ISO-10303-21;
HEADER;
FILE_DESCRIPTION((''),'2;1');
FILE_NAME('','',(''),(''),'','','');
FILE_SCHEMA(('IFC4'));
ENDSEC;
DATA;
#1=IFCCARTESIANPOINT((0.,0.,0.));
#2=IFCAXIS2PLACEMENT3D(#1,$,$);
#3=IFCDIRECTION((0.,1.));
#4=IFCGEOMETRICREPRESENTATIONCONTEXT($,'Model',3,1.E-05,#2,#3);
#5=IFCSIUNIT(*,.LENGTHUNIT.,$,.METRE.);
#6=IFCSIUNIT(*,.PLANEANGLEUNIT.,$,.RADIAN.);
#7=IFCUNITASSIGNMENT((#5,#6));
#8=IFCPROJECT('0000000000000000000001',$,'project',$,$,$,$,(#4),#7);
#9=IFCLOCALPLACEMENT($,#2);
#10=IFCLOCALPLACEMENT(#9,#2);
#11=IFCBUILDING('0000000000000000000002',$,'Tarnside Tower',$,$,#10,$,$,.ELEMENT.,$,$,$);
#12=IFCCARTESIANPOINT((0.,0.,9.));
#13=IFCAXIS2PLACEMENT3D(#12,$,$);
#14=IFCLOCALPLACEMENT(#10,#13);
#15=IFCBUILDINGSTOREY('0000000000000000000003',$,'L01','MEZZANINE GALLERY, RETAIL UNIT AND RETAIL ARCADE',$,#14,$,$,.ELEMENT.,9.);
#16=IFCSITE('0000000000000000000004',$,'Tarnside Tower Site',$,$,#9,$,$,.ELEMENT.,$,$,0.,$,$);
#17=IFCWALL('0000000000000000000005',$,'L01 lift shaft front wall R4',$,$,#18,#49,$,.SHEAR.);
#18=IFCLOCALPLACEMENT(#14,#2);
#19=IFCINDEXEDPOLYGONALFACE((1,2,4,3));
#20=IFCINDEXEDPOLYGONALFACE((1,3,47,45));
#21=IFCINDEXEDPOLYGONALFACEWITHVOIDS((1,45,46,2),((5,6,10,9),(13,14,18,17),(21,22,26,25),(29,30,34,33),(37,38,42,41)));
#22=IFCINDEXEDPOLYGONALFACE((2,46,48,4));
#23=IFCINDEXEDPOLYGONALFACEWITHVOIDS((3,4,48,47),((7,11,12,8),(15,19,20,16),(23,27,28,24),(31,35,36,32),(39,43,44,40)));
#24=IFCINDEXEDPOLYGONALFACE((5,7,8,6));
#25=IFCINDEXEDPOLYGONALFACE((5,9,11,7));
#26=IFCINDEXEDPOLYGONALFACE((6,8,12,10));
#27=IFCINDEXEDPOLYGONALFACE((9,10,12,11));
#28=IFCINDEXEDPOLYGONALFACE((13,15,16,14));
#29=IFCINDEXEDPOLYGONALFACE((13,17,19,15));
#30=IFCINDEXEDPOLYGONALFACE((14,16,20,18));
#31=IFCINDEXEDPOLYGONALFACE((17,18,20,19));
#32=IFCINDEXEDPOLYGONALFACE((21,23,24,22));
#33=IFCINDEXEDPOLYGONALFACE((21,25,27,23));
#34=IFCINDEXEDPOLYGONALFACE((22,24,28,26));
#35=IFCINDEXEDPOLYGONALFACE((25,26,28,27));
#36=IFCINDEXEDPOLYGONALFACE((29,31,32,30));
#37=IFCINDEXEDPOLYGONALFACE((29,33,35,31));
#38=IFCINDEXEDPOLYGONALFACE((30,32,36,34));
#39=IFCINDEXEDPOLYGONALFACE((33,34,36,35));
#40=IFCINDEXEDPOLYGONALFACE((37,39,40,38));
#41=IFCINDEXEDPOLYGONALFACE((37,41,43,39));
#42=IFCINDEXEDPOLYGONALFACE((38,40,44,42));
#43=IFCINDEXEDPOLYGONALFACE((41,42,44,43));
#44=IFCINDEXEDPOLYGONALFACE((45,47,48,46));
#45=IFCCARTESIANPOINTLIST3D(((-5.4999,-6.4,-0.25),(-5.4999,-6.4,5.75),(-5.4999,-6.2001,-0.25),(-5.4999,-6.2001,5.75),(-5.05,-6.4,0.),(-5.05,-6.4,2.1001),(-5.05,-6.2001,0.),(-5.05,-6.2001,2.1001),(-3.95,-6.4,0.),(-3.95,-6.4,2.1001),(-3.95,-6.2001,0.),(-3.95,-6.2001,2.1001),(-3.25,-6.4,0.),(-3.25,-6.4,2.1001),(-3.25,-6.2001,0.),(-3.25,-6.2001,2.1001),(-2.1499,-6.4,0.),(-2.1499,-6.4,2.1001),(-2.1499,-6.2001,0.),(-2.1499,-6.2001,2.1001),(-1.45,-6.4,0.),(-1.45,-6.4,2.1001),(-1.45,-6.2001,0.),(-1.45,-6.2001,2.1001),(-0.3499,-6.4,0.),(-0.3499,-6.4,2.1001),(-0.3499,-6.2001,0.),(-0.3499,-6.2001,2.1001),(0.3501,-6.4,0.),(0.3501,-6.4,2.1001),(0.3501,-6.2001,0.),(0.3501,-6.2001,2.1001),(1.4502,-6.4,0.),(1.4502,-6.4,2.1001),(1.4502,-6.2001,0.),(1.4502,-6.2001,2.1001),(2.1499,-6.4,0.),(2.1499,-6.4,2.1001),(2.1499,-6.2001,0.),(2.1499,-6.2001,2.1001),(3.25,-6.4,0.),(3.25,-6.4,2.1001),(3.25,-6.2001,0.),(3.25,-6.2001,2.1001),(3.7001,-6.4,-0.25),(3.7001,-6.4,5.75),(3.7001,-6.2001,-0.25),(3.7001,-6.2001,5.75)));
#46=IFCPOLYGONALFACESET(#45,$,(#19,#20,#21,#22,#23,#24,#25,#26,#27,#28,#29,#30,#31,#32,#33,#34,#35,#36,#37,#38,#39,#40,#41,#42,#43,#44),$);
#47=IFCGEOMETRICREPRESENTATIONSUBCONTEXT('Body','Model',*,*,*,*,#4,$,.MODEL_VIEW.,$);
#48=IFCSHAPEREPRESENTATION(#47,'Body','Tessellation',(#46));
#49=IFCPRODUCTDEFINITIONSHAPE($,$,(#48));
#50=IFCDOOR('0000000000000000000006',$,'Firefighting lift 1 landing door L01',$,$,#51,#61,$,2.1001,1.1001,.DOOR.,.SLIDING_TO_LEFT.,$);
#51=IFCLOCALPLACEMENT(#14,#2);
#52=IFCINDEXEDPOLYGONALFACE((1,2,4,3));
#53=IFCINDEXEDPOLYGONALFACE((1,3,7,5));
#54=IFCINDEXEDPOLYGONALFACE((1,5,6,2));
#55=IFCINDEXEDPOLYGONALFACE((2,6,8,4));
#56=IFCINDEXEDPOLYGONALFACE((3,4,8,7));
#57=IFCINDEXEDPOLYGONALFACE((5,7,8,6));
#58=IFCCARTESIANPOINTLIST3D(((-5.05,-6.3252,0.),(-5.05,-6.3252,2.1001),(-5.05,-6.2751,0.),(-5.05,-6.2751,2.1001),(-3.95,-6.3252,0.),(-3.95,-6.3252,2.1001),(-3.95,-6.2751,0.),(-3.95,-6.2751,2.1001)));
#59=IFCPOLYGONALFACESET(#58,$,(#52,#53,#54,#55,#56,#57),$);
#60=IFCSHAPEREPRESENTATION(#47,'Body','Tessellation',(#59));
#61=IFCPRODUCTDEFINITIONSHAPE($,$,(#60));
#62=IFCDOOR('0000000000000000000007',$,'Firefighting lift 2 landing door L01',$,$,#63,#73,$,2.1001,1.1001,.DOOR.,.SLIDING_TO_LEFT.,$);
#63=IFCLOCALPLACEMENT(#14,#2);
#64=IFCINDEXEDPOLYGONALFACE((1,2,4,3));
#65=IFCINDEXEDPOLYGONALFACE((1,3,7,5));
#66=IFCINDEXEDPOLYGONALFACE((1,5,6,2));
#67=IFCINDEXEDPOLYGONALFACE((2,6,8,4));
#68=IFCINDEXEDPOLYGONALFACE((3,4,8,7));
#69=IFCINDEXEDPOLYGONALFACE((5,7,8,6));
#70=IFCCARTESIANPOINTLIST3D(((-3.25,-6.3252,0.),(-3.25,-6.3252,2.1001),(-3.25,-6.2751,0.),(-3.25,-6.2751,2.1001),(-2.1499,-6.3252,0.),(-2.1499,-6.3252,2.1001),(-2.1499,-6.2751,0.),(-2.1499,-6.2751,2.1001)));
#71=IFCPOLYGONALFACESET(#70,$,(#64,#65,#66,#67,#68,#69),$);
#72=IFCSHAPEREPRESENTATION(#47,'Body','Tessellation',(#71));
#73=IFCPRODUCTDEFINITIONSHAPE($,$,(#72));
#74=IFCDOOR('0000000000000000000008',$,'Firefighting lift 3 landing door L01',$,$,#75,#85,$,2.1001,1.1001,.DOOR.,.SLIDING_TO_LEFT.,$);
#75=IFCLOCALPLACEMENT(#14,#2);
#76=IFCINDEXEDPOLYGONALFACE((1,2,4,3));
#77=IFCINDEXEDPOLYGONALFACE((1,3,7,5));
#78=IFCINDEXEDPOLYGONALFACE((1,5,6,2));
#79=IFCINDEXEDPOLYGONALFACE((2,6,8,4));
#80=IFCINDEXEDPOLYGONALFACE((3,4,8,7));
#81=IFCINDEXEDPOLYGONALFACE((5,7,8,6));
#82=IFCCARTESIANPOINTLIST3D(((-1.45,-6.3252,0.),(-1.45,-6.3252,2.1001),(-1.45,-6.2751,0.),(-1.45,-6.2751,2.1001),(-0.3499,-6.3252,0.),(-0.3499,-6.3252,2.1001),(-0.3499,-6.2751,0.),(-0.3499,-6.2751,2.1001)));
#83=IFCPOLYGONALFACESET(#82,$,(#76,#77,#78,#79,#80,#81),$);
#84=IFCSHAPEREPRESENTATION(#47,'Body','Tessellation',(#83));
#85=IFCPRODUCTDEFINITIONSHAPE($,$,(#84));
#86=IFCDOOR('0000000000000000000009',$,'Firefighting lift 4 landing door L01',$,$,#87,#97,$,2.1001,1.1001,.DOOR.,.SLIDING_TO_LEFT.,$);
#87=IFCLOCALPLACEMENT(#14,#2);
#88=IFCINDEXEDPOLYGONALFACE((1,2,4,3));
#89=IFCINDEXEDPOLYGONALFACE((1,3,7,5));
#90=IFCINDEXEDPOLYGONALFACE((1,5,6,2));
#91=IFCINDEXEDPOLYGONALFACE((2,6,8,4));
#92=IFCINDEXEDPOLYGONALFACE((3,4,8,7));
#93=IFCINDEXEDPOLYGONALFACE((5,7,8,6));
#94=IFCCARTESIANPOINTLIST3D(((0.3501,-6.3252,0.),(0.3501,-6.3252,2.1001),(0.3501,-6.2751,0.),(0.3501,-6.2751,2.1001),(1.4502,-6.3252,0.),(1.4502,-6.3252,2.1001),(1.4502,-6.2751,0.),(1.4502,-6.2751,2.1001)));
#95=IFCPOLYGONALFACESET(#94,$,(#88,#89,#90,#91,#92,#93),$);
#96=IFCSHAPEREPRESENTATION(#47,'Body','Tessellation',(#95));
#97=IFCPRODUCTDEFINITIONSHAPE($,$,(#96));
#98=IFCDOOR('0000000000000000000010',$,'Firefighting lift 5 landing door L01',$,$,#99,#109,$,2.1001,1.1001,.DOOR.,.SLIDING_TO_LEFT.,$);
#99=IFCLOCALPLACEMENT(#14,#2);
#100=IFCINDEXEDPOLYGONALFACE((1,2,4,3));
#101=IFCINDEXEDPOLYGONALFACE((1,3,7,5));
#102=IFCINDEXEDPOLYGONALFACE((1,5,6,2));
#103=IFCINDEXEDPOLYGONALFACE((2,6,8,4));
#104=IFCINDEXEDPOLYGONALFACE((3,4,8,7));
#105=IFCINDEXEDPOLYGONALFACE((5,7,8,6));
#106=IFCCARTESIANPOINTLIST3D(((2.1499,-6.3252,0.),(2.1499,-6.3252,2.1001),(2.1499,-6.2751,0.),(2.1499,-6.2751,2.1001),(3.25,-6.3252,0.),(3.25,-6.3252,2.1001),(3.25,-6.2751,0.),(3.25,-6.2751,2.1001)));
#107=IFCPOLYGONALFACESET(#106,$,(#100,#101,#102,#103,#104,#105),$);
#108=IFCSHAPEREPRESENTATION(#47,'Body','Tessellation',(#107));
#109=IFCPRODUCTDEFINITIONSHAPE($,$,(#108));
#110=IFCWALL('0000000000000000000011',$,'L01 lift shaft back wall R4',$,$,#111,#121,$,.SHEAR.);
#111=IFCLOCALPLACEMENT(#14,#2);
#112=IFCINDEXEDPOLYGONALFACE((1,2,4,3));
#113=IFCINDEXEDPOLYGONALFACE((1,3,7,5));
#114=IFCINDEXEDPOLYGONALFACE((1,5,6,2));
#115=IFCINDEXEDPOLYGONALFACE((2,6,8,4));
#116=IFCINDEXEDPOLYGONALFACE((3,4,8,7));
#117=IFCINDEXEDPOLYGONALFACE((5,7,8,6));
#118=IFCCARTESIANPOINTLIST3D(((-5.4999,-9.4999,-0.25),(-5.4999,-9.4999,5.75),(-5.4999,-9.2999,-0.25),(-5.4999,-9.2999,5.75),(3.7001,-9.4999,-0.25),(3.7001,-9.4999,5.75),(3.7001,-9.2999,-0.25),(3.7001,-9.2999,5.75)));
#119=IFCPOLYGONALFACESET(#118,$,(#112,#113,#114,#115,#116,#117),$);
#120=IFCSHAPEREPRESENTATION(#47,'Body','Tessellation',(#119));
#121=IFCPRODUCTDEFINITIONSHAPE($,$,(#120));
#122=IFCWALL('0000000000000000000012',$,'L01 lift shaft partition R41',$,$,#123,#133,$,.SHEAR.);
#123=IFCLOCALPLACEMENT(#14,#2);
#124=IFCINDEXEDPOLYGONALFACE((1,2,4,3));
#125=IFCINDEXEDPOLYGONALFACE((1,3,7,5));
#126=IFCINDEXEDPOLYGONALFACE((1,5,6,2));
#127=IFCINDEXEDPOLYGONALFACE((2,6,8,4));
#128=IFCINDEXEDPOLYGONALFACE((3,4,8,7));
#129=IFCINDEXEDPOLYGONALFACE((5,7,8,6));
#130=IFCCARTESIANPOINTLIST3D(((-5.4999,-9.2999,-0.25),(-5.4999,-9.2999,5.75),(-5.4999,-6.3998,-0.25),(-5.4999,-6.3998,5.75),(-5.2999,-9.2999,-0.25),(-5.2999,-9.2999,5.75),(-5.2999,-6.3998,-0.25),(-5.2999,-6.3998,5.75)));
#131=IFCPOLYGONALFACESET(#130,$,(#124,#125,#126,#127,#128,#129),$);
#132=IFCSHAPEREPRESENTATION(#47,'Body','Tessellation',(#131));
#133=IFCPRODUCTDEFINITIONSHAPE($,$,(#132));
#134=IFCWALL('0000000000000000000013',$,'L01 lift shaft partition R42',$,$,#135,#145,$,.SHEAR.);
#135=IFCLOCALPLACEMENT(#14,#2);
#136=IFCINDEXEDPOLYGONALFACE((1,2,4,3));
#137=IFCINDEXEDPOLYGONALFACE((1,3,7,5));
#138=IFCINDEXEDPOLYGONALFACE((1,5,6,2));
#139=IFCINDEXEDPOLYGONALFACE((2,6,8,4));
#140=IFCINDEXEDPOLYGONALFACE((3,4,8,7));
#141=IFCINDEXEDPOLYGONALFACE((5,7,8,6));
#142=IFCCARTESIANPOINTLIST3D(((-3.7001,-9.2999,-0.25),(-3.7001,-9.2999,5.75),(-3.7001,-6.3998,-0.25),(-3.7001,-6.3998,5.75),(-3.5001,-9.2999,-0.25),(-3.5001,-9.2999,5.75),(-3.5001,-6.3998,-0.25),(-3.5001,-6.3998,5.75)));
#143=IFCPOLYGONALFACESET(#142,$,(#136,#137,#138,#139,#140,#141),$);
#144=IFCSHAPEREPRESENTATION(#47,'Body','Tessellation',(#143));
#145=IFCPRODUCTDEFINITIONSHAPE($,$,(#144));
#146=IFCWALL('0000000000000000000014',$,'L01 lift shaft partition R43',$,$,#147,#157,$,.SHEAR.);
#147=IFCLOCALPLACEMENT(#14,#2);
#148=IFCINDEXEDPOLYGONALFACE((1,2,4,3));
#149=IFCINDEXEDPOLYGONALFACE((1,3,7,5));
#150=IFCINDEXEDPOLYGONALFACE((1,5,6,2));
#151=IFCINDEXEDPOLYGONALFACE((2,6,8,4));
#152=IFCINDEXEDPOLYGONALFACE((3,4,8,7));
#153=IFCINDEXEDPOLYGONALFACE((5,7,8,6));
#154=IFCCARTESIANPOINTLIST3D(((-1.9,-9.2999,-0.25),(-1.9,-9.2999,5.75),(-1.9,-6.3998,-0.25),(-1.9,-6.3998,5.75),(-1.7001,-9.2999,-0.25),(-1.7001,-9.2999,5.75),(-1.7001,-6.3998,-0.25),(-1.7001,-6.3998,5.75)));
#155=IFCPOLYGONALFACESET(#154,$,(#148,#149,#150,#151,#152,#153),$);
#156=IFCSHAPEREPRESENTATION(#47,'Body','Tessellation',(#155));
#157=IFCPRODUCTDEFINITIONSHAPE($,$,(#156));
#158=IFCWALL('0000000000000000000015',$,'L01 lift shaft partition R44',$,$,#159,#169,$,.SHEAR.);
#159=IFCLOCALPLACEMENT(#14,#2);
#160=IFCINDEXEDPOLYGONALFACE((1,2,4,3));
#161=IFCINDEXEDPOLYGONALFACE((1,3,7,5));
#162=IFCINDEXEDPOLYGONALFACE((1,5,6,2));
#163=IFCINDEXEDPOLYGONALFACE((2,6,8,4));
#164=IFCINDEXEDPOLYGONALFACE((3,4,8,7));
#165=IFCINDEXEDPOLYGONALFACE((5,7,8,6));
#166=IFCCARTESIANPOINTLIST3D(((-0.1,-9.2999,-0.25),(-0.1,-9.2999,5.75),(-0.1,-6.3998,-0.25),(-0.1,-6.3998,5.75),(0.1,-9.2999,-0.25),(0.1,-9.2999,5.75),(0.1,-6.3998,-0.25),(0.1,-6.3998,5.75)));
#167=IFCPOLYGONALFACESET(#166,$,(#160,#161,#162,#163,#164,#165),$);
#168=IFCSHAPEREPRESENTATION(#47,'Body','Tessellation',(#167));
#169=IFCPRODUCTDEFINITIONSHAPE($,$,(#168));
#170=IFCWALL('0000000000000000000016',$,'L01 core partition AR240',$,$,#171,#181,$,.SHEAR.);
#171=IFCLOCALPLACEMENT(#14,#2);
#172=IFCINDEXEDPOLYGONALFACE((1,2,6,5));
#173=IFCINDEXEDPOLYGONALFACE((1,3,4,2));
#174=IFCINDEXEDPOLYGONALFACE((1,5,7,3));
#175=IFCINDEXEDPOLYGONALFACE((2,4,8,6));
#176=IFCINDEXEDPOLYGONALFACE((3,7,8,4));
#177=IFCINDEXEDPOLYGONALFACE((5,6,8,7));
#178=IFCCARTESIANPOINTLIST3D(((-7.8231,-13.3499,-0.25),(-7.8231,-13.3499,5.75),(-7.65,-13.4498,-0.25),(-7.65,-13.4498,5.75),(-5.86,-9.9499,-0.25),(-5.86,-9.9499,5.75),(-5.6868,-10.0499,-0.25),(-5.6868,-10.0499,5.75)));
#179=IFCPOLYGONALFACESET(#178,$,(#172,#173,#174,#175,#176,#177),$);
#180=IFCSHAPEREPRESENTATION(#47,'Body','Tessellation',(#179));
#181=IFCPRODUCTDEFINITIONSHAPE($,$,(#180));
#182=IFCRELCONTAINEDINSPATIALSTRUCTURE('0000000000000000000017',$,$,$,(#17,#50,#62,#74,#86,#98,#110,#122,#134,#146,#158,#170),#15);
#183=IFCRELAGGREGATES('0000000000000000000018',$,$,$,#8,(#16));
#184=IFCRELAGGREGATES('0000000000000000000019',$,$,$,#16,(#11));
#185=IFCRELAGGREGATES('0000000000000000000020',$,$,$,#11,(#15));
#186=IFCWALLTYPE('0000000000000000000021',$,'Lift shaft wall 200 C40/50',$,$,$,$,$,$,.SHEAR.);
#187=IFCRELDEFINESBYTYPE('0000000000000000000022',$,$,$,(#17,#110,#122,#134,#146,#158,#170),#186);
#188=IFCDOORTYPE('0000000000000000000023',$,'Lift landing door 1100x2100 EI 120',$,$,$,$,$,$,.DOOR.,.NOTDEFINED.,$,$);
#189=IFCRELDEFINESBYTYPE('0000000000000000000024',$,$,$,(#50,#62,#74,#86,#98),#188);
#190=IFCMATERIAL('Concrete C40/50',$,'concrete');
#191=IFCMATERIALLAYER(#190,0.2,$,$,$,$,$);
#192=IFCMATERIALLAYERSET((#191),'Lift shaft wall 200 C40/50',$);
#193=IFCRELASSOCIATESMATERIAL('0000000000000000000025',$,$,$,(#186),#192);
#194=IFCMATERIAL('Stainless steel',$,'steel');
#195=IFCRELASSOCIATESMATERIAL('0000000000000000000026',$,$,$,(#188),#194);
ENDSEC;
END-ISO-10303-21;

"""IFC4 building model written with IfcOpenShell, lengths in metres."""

from ifc_helpers import new_model, si_unit, direction, frame, frame_2d, origin, place, context, subcontext, project, spatial, rectangle, extrude, material, layer, layer_set, type_object, element, fill, save


model = new_model("IFC4")

# Units and contexts
model_context = context("Model", 3, precision=1e-05, world=origin(), true_north=direction((0.0, 1.0)))
body_context = subcontext(model_context, "Body", "Model", "MODEL_VIEW")
ifc_project = project(units=[si_unit("LENGTHUNIT", "METRE"), si_unit("PLANEANGLEUNIT", "RADIAN")], contexts=[model_context])

# Site, building, storey
site_placement = place(None, origin())
site = spatial("IfcSite", under=ifc_project, at=site_placement, Name="Tarnside Tower Site", CompositionType="ELEMENT", RefElevation=0.0)
building_placement = place(site_placement, origin())
building = spatial("IfcBuilding", under=site, at=building_placement, Name="Tarnside Tower", CompositionType="ELEMENT")
storey_placement = place(building_placement, frame((0.0, 0.0, 9.0)))
storey = spatial("IfcBuildingStorey", under=building, at=storey_placement, Name="L01", Description="MEZZANINE GALLERY, RETAIL UNIT AND RETAIL ARCADE", CompositionType="ELEMENT", Elevation=9.0)

# Shared definitions
ifc_material_1 = material(Name="Concrete C40/50", Category="concrete")

# Wall, openings, doors
ifc_layer_1 = layer(ifc_material_1, 0.2)
ifc_layer_set_1 = layer_set([ifc_layer_1], Name="Lift shaft wall 200 C40/50")
wall_type_1 = type_object("IfcWallType", Name="Lift shaft wall 200 C40/50", PredefinedType="SHEAR", material=ifc_layer_set_1)
wall_1_placement = place(storey_placement, frame((-5.5, -6.3, -0.25), z_axis=(0.0, 0.0, 1.0), x_axis=(1.0, 0.0, 0.0)))
wall_1 = element("IfcWall", 1, at=wall_1_placement, inside=storey, type_object=wall_type_1, Name="L01 lift shaft front wall R4", PredefinedType="SHEAR", context=body_context, shape_type="SweptSolid", body=[
    extrude(rectangle(XDim=9.2, YDim=0.2, at=frame_2d((4.6001, 0.0))), origin(), (0.0, 0.0, 1.0), 6.0),
])
opening_1_placement = place(wall_1_placement, frame((0.45, 0.0, 0.25)))
opening_1 = element("IfcOpeningElement", 2, at=opening_1_placement, cuts=wall_1, PredefinedType="OPENING", context=body_context, shape_type="SweptSolid", body=[
    extrude(rectangle(XDim=1.1001, YDim=2.1001, at=frame_2d((0.55, 1.05))), frame((0.0, 0.1099, 0.0), z_axis=(0.0, -1.0, 0.0), x_axis=(1.0, 0.0, 0.0)), (0.0, 0.0, 1.0), 0.22),
])
opening_2_placement = place(wall_1_placement, frame((2.25, 0.0, 0.25)))
opening_2 = element("IfcOpeningElement", 3, at=opening_2_placement, cuts=wall_1, PredefinedType="OPENING", context=body_context, shape_type="SweptSolid", body=[
    extrude(rectangle(XDim=1.1001, YDim=2.1001, at=frame_2d((0.55, 1.05))), frame((0.0, 0.1099, 0.0), z_axis=(0.0, -1.0, 0.0), x_axis=(1.0, 0.0, 0.0)), (0.0, 0.0, 1.0), 0.22),
])
opening_3_placement = place(wall_1_placement, frame((4.05, 0.0, 0.25)))
opening_3 = element("IfcOpeningElement", 4, at=opening_3_placement, cuts=wall_1, PredefinedType="OPENING", context=body_context, shape_type="SweptSolid", body=[
    extrude(rectangle(XDim=1.1001, YDim=2.1001, at=frame_2d((0.55, 1.05))), frame((0.0, 0.1099, 0.0), z_axis=(0.0, -1.0, 0.0), x_axis=(1.0, 0.0, 0.0)), (0.0, 0.0, 1.0), 0.22),
])
opening_4_placement = place(wall_1_placement, frame((5.8501, 0.0, 0.25)))
opening_4 = element("IfcOpeningElement", 5, at=opening_4_placement, cuts=wall_1, PredefinedType="OPENING", context=body_context, shape_type="SweptSolid", body=[
    extrude(rectangle(XDim=1.1001, YDim=2.1001, at=frame_2d((0.55, 1.05))), frame((0.0, 0.1099, 0.0), z_axis=(0.0, -1.0, 0.0), x_axis=(1.0, 0.0, 0.0)), (0.0, 0.0, 1.0), 0.22),
])
opening_5_placement = place(wall_1_placement, frame((7.6499, 0.0, 0.25)))
opening_5 = element("IfcOpeningElement", 6, at=opening_5_placement, cuts=wall_1, PredefinedType="OPENING", context=body_context, shape_type="SweptSolid", body=[
    extrude(rectangle(XDim=1.1001, YDim=2.1001, at=frame_2d((0.55, 1.05))), frame((0.0, 0.1099, 0.0), z_axis=(0.0, -1.0, 0.0), x_axis=(1.0, 0.0, 0.0)), (0.0, 0.0, 1.0), 0.22),
])
ifc_material_2 = material(Name="Stainless steel", Category="steel")
door_type_1 = type_object("IfcDoorType", Name="Lift landing door 1100x2100 EI 120", OperationType="NOTDEFINED", PredefinedType="DOOR", material=ifc_material_2)
door_1_placement = place(opening_1_placement, origin())
door_1 = element("IfcDoor", 7, at=door_1_placement, inside=storey, type_object=door_type_1, Name="Firefighting lift 1 landing door L01", OperationType="SLIDING_TO_LEFT", OverallHeight=2.1001, OverallWidth=1.1001, PredefinedType="DOOR", context=body_context, shape_type="SweptSolid", body=[
    extrude(rectangle(XDim=1.1001, YDim=2.1001, at=frame_2d((0.55, 1.05))), frame((0.0, 0.0249, 0.0), z_axis=(0.0, -1.0, 0.0), x_axis=(1.0, 0.0, 0.0)), (0.0, 0.0, 1.0), 0.05),
])
fill(opening_1, door_1)
door_2_placement = place(opening_2_placement, origin())
door_2 = element("IfcDoor", 8, at=door_2_placement, inside=storey, type_object=door_type_1, Name="Firefighting lift 2 landing door L01", OperationType="SLIDING_TO_LEFT", OverallHeight=2.1001, OverallWidth=1.1001, PredefinedType="DOOR", context=body_context, shape_type="SweptSolid", body=[
    extrude(rectangle(XDim=1.1001, YDim=2.1001, at=frame_2d((0.55, 1.05))), frame((0.0, 0.0249, 0.0), z_axis=(0.0, -1.0, 0.0), x_axis=(1.0, 0.0, 0.0)), (0.0, 0.0, 1.0), 0.05),
])
fill(opening_2, door_2)
door_3_placement = place(opening_3_placement, origin())
door_3 = element("IfcDoor", 9, at=door_3_placement, inside=storey, type_object=door_type_1, Name="Firefighting lift 3 landing door L01", OperationType="SLIDING_TO_LEFT", OverallHeight=2.1001, OverallWidth=1.1001, PredefinedType="DOOR", context=body_context, shape_type="SweptSolid", body=[
    extrude(rectangle(XDim=1.1001, YDim=2.1001, at=frame_2d((0.55, 1.05))), frame((0.0, 0.0249, 0.0), z_axis=(0.0, -1.0, 0.0), x_axis=(1.0, 0.0, 0.0)), (0.0, 0.0, 1.0), 0.05),
])
fill(opening_3, door_3)
door_4_placement = place(opening_4_placement, origin())
door_4 = element("IfcDoor", 10, at=door_4_placement, inside=storey, type_object=door_type_1, Name="Firefighting lift 4 landing door L01", OperationType="SLIDING_TO_LEFT", OverallHeight=2.1001, OverallWidth=1.1001, PredefinedType="DOOR", context=body_context, shape_type="SweptSolid", body=[
    extrude(rectangle(XDim=1.1001, YDim=2.1001, at=frame_2d((0.55, 1.05))), frame((0.0, 0.0249, 0.0), z_axis=(0.0, -1.0, 0.0), x_axis=(1.0, 0.0, 0.0)), (0.0, 0.0, 1.0), 0.05),
])
fill(opening_4, door_4)
door_5_placement = place(opening_5_placement, origin())
door_5 = element("IfcDoor", 11, at=door_5_placement, inside=storey, type_object=door_type_1, Name="Firefighting lift 5 landing door L01", OperationType="SLIDING_TO_LEFT", OverallHeight=2.1001, OverallWidth=1.1001, PredefinedType="DOOR", context=body_context, shape_type="SweptSolid", body=[
    extrude(rectangle(XDim=1.1001, YDim=2.1001, at=frame_2d((0.55, 1.05))), frame((0.0, 0.0249, 0.0), z_axis=(0.0, -1.0, 0.0), x_axis=(1.0, 0.0, 0.0)), (0.0, 0.0, 1.0), 0.05),
])
fill(opening_5, door_5)

# Walls
wall_2_placement = place(storey_placement, frame((-5.5, -9.3999, -0.25), z_axis=(0.0, 0.0, 1.0), x_axis=(1.0, 0.0, 0.0)))
element("IfcWall", 12, at=wall_2_placement, inside=storey, type_object=wall_type_1, Name="L01 lift shaft back wall R4", PredefinedType="SHEAR", context=body_context, shape_type="SweptSolid", body=[
    extrude(rectangle(XDim=9.2, YDim=0.2, at=frame_2d((4.6001, 0.0))), origin(), (0.0, 0.0, 1.0), 6.0),
])
for number, where, z_axis, x_axis, name in (
    (13, (-5.3999, -9.3, -0.25), (0.0, 0.0, 1.0), (0.0, 1.0, 0.0), "L01 lift shaft partition R41"),
    (14, (-3.6001, -9.3, -0.25), (0.0, 0.0, 1.0), (0.0, 1.0, 0.0), "L01 lift shaft partition R42"),
    (15, (-1.8, -9.3, -0.25), (0.0, 0.0, 1.0), (0.0, 1.0, 0.0), "L01 lift shaft partition R43"),
    (16, (0.0, -9.3, -0.25), (0.0, 0.0, 1.0), (0.0, 1.0, 0.0), "L01 lift shaft partition R44"),
):
    element("IfcWall", number, at=place(storey_placement, frame(where, z_axis=z_axis, x_axis=x_axis)), inside=storey, type_object=wall_type_1, Name=name, PredefinedType="SHEAR", context=body_context, shape_type="SweptSolid", body=[
        extrude(rectangle(XDim=2.9001, YDim=0.2, at=frame_2d((1.4502, 0.0))), origin(), (0.0, 0.0, 1.0), 6.0),
    ])
wall_3_placement = place(storey_placement, frame((-5.7734, -10.0, -0.25), z_axis=(0.0, 0.0, 1.0), x_axis=(-0.500038, -0.866003, 0.0)))
element("IfcWall", 17, at=wall_3_placement, inside=storey, type_object=wall_type_1, Name="L01 core partition AR240", PredefinedType="SHEAR", context=body_context, shape_type="SweptSolid", body=[
    extrude(rectangle(XDim=3.926, YDim=0.2, at=frame_2d((1.9629, 0.0))), origin(), (0.0, 0.0, 1.0), 6.0),
])

save(model, "model.ifc")
